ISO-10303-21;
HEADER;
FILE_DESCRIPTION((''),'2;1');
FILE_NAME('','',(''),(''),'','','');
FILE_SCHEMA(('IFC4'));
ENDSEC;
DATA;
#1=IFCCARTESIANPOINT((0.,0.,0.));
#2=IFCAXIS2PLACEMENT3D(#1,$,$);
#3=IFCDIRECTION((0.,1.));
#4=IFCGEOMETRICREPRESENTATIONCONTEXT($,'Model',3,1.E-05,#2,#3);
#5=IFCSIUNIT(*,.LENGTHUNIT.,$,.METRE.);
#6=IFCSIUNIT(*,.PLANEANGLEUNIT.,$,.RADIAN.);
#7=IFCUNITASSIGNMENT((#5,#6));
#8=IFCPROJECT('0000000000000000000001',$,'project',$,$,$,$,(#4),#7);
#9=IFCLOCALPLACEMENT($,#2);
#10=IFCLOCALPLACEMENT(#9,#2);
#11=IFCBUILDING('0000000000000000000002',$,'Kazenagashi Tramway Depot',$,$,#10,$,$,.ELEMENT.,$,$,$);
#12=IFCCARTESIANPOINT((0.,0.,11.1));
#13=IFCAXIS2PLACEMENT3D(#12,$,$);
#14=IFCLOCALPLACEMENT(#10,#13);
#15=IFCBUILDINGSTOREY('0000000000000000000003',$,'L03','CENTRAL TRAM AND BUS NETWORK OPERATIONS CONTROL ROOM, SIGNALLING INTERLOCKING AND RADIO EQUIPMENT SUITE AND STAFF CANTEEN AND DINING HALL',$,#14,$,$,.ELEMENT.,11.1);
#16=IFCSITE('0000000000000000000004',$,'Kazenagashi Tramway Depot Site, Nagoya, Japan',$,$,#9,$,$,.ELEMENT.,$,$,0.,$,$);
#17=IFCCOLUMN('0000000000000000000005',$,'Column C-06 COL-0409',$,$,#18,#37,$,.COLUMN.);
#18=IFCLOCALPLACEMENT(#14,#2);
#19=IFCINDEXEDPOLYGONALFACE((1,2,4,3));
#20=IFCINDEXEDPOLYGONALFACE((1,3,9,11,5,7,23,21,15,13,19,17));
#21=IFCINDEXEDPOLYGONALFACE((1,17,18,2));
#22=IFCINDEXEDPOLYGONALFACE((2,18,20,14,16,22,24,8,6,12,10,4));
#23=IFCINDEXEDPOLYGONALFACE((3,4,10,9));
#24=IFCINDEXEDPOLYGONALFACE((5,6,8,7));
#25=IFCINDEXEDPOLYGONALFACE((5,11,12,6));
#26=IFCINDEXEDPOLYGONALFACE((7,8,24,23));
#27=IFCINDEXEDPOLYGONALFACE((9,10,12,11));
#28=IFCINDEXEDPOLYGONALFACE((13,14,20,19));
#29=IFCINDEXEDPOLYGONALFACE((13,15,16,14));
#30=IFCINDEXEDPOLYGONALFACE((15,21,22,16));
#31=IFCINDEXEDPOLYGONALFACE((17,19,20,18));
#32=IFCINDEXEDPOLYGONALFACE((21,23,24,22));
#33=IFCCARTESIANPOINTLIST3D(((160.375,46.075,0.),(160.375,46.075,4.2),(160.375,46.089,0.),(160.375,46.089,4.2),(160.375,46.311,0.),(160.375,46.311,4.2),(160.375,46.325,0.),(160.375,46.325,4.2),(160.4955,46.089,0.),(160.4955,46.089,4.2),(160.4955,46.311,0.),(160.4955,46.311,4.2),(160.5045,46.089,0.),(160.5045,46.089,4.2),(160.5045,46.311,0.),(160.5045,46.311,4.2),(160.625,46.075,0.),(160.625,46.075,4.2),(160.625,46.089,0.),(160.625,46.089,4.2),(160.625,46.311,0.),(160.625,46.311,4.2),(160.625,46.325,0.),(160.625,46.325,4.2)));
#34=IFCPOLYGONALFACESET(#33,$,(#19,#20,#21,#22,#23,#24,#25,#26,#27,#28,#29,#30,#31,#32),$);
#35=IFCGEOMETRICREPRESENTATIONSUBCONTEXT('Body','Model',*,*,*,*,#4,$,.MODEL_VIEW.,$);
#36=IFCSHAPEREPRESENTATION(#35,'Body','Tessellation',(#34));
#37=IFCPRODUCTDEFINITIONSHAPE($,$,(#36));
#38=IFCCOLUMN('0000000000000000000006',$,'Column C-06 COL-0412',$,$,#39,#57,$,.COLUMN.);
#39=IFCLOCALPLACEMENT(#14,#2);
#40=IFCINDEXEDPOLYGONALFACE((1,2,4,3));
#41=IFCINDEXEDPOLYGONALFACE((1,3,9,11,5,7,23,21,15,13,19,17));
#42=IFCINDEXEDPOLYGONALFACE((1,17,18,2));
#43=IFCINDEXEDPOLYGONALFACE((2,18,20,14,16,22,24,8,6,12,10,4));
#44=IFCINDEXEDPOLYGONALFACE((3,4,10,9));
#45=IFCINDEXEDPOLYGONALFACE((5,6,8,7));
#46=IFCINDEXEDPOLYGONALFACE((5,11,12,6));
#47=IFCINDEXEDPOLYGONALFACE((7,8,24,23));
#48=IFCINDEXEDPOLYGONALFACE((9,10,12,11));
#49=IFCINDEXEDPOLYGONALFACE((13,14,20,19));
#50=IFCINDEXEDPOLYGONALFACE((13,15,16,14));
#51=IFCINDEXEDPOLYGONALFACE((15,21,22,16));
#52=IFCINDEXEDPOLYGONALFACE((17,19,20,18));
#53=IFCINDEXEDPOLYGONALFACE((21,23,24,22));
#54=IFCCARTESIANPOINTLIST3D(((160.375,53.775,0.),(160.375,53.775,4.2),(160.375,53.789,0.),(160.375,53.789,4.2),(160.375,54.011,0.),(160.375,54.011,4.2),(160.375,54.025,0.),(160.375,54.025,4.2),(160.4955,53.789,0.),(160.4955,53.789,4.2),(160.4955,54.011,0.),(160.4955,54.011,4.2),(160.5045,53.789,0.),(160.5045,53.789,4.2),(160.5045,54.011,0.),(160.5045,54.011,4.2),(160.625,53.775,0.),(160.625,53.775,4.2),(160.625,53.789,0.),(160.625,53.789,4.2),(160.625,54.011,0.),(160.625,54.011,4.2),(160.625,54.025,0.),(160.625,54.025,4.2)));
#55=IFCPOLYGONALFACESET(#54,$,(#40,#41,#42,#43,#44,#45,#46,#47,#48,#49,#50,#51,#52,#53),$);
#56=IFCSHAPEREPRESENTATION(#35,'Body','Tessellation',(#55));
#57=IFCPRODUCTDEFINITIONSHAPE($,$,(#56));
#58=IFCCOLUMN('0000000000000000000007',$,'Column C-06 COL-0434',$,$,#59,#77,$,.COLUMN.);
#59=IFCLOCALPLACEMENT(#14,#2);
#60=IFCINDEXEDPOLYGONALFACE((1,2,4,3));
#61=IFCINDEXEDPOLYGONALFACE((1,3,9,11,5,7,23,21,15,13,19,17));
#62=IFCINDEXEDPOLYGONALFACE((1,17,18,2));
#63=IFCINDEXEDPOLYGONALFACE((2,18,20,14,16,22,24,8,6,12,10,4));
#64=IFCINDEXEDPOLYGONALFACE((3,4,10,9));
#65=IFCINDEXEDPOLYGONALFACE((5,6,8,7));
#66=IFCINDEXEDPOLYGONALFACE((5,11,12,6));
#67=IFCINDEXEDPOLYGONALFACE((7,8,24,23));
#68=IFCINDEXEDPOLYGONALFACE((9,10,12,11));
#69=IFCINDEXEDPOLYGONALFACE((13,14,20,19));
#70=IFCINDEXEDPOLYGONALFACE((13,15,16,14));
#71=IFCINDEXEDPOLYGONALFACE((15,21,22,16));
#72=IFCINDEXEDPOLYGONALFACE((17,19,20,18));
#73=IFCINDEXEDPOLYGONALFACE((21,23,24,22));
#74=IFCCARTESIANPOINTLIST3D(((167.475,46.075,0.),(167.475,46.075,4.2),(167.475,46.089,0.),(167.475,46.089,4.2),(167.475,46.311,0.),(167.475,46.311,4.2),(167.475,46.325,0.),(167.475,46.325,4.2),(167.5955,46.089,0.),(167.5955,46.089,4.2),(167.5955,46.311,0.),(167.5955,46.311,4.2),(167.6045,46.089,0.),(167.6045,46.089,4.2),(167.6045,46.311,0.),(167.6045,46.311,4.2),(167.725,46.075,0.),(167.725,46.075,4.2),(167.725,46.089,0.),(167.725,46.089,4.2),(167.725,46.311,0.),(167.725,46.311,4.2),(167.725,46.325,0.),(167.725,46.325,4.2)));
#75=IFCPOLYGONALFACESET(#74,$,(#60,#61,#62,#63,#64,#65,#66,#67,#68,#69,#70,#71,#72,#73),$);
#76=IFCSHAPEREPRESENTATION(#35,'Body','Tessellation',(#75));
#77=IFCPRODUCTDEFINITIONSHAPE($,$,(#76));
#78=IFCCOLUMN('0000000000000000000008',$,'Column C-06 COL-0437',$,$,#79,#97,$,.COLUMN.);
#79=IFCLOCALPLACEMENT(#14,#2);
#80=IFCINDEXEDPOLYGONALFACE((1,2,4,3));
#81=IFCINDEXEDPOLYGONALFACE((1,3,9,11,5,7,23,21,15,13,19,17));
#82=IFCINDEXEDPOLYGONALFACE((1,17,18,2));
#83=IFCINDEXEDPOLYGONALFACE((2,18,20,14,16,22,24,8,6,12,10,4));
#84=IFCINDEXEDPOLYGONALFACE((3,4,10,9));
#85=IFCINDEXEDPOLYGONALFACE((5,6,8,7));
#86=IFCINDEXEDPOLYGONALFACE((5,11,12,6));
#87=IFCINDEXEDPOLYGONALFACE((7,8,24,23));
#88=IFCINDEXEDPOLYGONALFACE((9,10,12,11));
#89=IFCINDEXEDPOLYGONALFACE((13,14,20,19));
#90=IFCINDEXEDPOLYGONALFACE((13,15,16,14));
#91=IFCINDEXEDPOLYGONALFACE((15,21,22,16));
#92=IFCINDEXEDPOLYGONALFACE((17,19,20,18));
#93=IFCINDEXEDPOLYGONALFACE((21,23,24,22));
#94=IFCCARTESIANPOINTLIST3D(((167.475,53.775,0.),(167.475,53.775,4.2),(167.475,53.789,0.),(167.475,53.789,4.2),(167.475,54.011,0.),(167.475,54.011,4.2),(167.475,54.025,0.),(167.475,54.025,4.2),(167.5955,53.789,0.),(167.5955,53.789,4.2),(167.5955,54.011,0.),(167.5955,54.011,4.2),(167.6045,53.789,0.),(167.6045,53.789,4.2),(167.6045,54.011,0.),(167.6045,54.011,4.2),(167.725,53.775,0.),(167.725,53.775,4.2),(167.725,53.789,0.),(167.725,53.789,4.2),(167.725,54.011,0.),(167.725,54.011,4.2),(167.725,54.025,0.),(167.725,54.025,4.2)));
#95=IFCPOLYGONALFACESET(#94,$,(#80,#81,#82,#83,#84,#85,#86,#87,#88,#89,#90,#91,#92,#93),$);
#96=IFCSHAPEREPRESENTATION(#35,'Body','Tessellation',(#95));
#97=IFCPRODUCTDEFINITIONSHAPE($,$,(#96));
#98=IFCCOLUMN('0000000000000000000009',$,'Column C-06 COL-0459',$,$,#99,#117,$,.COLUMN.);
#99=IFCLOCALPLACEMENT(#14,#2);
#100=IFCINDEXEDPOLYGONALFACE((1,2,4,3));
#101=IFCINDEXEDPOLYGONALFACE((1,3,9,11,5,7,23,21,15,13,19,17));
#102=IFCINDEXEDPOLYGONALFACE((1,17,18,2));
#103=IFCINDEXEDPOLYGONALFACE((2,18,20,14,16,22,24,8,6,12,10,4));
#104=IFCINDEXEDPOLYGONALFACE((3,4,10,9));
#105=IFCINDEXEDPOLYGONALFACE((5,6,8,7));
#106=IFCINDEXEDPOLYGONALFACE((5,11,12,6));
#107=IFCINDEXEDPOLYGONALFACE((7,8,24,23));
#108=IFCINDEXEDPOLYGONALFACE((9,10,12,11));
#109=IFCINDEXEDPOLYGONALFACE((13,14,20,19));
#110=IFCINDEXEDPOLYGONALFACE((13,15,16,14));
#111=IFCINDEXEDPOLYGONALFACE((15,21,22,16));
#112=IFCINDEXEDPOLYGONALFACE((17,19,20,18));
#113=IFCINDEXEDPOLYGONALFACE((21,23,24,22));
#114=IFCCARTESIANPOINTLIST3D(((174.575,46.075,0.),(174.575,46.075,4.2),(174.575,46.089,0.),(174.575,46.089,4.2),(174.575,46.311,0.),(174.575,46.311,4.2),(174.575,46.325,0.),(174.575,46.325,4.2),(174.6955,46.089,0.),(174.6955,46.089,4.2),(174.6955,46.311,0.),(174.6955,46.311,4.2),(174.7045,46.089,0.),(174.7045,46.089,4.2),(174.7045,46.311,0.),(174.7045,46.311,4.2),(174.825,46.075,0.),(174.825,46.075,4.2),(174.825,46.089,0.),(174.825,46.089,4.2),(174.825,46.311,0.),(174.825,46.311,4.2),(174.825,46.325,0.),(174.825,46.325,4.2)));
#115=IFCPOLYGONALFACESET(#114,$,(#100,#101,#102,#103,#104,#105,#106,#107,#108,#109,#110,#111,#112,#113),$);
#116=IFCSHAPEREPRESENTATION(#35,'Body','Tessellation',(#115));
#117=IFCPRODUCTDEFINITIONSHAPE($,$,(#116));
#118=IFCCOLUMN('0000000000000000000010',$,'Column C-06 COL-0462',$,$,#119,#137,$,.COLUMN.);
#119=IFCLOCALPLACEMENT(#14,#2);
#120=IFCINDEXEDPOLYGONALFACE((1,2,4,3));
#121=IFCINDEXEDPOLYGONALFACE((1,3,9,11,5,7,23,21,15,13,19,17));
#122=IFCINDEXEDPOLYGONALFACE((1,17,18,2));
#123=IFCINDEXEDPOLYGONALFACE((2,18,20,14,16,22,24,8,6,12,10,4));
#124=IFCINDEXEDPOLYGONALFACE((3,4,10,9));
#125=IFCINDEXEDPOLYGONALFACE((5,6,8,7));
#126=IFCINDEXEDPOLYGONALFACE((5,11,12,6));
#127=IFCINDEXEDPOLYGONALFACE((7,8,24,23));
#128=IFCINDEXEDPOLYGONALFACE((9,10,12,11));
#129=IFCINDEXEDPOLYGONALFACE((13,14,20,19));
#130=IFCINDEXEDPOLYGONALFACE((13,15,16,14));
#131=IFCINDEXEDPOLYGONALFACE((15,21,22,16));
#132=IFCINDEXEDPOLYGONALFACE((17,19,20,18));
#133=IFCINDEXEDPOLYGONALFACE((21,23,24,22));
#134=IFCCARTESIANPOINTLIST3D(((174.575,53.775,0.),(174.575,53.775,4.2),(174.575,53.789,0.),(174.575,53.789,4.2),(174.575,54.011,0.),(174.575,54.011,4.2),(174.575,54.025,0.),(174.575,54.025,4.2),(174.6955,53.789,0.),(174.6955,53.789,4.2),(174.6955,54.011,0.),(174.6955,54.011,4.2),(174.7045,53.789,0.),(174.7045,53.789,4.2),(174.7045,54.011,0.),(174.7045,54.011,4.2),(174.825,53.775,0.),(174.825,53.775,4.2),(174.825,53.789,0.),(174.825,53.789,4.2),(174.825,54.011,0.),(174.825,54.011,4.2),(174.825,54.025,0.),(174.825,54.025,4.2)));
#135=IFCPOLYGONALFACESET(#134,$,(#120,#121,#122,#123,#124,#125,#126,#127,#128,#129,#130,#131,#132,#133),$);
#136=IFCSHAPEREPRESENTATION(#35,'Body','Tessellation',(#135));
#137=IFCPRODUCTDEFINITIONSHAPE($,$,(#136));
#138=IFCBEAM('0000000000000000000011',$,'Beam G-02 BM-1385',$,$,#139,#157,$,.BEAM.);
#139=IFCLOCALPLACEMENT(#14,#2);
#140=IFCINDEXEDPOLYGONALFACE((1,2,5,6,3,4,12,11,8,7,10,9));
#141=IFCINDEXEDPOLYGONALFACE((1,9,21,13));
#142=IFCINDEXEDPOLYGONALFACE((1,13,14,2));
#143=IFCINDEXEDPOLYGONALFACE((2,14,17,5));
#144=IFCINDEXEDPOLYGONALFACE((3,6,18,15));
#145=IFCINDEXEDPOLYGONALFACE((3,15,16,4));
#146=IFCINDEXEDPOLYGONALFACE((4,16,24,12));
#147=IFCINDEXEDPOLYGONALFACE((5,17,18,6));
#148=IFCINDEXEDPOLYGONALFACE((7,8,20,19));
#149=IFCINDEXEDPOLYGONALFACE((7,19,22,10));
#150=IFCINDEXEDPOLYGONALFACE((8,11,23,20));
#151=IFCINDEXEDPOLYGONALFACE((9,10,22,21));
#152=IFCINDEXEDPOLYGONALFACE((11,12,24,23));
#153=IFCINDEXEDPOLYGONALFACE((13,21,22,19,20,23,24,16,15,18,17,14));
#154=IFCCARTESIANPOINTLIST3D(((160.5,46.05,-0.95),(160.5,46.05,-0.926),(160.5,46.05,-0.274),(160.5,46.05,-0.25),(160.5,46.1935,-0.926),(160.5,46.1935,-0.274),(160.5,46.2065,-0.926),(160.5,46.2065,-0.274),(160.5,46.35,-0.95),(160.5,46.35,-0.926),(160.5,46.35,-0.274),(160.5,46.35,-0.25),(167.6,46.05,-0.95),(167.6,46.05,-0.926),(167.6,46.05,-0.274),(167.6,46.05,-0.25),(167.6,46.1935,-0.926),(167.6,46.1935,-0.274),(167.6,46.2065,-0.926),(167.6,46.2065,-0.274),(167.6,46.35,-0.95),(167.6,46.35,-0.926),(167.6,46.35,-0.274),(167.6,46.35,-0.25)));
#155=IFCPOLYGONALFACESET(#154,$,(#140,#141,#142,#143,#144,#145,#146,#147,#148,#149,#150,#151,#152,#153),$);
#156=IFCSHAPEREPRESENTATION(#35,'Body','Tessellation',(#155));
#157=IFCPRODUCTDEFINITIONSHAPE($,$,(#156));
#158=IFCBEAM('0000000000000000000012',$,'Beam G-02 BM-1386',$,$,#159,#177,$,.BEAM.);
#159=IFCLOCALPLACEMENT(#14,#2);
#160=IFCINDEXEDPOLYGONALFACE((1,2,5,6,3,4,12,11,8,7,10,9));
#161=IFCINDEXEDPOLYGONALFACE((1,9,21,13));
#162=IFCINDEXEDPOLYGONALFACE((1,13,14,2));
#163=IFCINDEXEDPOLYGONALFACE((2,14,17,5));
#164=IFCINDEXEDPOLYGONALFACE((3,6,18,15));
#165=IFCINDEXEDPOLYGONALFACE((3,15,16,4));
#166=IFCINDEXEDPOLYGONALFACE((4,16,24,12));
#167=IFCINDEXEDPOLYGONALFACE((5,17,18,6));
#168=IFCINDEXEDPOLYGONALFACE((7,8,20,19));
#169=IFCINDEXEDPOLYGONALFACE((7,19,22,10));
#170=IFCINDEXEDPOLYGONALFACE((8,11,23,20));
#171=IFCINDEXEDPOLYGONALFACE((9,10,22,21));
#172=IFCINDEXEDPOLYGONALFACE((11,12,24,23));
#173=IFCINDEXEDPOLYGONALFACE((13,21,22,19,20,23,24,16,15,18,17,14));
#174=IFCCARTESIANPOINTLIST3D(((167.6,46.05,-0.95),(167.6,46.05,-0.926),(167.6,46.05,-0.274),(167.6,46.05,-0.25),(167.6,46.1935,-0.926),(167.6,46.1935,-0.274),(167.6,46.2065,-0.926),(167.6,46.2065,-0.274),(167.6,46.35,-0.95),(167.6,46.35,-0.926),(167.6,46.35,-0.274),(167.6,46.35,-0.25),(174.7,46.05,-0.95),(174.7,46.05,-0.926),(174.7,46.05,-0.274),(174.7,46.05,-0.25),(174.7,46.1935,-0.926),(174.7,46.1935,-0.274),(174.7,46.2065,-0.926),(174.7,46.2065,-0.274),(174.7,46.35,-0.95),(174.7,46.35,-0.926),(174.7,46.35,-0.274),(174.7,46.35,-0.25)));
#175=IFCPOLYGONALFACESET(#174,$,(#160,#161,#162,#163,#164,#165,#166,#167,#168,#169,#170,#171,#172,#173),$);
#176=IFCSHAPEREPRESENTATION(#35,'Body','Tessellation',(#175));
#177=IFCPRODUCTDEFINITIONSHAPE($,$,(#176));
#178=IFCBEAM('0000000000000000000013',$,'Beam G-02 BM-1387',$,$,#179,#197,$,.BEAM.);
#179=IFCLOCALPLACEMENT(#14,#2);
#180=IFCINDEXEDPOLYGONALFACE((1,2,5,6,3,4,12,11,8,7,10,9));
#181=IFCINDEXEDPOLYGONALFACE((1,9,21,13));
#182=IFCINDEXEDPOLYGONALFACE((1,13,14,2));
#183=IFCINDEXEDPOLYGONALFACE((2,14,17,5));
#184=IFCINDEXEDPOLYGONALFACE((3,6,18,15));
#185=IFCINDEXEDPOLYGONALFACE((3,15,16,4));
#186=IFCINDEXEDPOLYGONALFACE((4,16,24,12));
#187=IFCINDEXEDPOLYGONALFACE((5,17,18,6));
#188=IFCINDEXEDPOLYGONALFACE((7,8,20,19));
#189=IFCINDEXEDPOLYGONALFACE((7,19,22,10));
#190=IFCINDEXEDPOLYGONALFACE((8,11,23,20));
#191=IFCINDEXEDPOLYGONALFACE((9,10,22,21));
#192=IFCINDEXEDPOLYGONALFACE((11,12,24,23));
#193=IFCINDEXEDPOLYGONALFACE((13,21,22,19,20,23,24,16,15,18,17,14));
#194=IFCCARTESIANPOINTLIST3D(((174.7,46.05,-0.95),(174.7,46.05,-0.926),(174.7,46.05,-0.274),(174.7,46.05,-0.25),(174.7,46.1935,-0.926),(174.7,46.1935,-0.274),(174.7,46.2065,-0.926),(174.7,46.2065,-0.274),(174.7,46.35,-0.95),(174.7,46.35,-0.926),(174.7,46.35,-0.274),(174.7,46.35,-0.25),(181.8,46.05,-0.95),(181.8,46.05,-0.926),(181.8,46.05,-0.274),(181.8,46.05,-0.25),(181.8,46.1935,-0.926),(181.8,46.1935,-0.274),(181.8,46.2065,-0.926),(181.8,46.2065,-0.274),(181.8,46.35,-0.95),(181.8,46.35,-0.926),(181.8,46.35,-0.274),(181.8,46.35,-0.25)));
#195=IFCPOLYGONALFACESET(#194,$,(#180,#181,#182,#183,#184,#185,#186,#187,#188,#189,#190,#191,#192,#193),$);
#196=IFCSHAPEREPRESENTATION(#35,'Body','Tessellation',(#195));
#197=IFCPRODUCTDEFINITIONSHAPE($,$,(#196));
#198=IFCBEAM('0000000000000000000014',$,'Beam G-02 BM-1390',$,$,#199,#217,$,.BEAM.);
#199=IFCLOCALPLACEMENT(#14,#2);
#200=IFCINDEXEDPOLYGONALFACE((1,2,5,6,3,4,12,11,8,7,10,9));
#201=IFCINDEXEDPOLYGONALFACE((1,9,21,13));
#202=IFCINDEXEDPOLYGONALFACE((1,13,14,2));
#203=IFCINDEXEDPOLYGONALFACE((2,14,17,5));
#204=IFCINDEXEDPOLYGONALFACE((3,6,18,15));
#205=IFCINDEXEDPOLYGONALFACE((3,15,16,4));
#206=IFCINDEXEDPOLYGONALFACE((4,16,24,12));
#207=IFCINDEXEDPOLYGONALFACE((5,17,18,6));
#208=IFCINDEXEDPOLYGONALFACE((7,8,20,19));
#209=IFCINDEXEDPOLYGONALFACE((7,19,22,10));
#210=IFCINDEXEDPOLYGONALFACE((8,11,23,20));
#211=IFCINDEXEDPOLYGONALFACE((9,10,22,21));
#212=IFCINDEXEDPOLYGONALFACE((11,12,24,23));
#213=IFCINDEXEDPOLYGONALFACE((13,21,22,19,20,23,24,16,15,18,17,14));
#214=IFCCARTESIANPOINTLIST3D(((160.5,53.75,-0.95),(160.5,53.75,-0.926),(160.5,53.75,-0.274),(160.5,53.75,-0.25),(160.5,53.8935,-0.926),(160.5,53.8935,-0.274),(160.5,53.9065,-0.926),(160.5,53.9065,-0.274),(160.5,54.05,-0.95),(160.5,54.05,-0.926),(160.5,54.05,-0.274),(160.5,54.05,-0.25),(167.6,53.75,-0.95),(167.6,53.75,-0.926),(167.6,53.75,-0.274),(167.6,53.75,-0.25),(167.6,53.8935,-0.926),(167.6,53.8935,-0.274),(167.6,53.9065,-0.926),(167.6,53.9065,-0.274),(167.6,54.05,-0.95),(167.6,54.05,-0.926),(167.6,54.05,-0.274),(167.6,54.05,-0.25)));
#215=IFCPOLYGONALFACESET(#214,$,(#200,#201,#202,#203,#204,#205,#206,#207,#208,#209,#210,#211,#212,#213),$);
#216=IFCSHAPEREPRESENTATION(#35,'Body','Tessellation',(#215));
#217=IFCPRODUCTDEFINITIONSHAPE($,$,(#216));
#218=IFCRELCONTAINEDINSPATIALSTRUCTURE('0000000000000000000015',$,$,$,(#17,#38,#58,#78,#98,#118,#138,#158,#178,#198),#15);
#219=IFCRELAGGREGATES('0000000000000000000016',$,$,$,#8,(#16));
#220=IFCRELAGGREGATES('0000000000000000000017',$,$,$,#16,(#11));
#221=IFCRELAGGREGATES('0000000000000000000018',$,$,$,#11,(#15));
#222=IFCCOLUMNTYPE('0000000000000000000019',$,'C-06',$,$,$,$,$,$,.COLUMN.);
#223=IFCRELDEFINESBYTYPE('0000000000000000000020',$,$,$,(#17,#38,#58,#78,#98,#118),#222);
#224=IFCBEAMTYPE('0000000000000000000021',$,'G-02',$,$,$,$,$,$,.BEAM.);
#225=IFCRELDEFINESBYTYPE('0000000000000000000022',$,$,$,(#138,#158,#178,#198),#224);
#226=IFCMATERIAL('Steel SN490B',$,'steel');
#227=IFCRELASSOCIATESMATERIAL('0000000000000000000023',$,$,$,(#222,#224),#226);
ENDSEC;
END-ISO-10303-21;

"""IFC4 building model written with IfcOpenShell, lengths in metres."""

from ifc_helpers import new_model, si_unit, direction, frame, origin, origin_2d, place, context, subcontext, project, spatial, i_section, extrude, material, material_profile, profile_set, type_object, element, save


model = new_model("IFC4")

# Units and contexts
model_context = context("Model", 3, precision=1e-05, world=origin(), true_north=direction((0.0, 1.0)))
body_context = subcontext(model_context, "Body", "Model", "MODEL_VIEW")
ifc_project = project(units=[si_unit("LENGTHUNIT", "METRE"), si_unit("PLANEANGLEUNIT", "RADIAN")], contexts=[model_context])

# Site, building, storey
site_placement = place(None, origin())
site = spatial("IfcSite", under=ifc_project, at=site_placement, Name="Kazenagashi Tramway Depot Site, Nagoya, Japan", CompositionType="ELEMENT", RefElevation=0.0)
building_placement = place(site_placement, origin())
building = spatial("IfcBuilding", under=site, at=building_placement, Name="Kazenagashi Tramway Depot", CompositionType="ELEMENT")
storey_placement = place(building_placement, frame((0.0, 0.0, 11.1)))
storey = spatial("IfcBuildingStorey", under=building, at=storey_placement, Name="L03", Description="CENTRAL TRAM AND BUS NETWORK OPERATIONS CONTROL ROOM, SIGNALLING INTERLOCKING AND RADIO EQUIPMENT SUITE AND STAFF CANTEEN AND DINING HALL", CompositionType="ELEMENT", Elevation=11.1)

# Columns
ifc_material_1 = material(Name="Steel SN490B", Category="steel")
ifc_material_profile_1 = material_profile(ifc_material_1, i_section(OverallWidth=0.25, OverallDepth=0.25, WebThickness=0.009, FlangeThickness=0.014, at=origin_2d()), Name="H-250x250x9x14")
ifc_profile_set_1 = profile_set([ifc_material_profile_1], Name="Steel SN490B")
column_type = type_object("IfcColumnType", Name="C-06", PredefinedType="COLUMN", material=ifc_profile_set_1)
for number, where, z_axis, x_axis, name in (
    (1, (160.5, 46.2, 0.0), (0.0, 0.0, 1.0), (1.0, 0.0, 0.0), "Column C-06 COL-0409"),
    (2, (160.5, 53.9, 0.0), (0.0, 0.0, 1.0), (1.0, 0.0, 0.0), "Column C-06 COL-0412"),
    (3, (167.6, 46.2, 0.0), (0.0, 0.0, 1.0), (1.0, 0.0, 0.0), "Column C-06 COL-0434"),
    (4, (167.6, 53.9, 0.0), (0.0, 0.0, 1.0), (1.0, 0.0, 0.0), "Column C-06 COL-0437"),
    (5, (174.7, 46.2, 0.0), (0.0, 0.0, 1.0), (1.0, 0.0, 0.0), "Column C-06 COL-0459"),
    (6, (174.7, 53.9, 0.0), (0.0, 0.0, 1.0), (1.0, 0.0, 0.0), "Column C-06 COL-0462"),
):
    element("IfcColumn", number, at=place(storey_placement, frame(where, z_axis=z_axis, x_axis=x_axis)), inside=storey, type_object=column_type, Name=name, PredefinedType="COLUMN", context=body_context, shape_type="SweptSolid", body=[
        extrude(i_section(OverallWidth=0.25, OverallDepth=0.25, WebThickness=0.009, FlangeThickness=0.014, at=origin_2d()), origin(), (0.0, 0.0, 1.0), 4.2),
    ])

# Beams
ifc_material_profile_2 = material_profile(ifc_material_1, i_section(OverallWidth=0.3, OverallDepth=0.7, WebThickness=0.013, FlangeThickness=0.024, at=origin_2d()), Name="H-700x300x13x24")
ifc_profile_set_2 = profile_set([ifc_material_profile_2], Name="Steel SN490B")
beam_type_1 = type_object("IfcBeamType", Name="G-02", PredefinedType="BEAM", material=ifc_profile_set_2)
for number, where, z_axis, x_axis, name in (
    (7, (160.5, 46.2, -0.6), (1.0, 0.0, 0.0), (0.0, 1.0, 0.0), "Beam G-02 BM-1385"),
    (8, (167.6, 46.2, -0.6), (1.0, 0.0, 0.0), (0.0, 1.0, 0.0), "Beam G-02 BM-1386"),
    (9, (174.7, 46.2, -0.6), (1.0, 0.0, 0.0), (0.0, 1.0, 0.0), "Beam G-02 BM-1387"),
    (10, (160.5, 53.9, -0.6), (1.0, 0.0, 0.0), (0.0, 1.0, 0.0), "Beam G-02 BM-1390"),
):
    element("IfcBeam", number, at=place(storey_placement, frame(where, z_axis=z_axis, x_axis=x_axis)), inside=storey, type_object=beam_type_1, Name=name, PredefinedType="BEAM", context=body_context, shape_type="SweptSolid", body=[
        extrude(i_section(OverallWidth=0.3, OverallDepth=0.7, WebThickness=0.013, FlangeThickness=0.024, at=origin_2d()), origin(), (0.0, 0.0, 1.0), 7.1),
    ])

save(model, "model.ifc")
